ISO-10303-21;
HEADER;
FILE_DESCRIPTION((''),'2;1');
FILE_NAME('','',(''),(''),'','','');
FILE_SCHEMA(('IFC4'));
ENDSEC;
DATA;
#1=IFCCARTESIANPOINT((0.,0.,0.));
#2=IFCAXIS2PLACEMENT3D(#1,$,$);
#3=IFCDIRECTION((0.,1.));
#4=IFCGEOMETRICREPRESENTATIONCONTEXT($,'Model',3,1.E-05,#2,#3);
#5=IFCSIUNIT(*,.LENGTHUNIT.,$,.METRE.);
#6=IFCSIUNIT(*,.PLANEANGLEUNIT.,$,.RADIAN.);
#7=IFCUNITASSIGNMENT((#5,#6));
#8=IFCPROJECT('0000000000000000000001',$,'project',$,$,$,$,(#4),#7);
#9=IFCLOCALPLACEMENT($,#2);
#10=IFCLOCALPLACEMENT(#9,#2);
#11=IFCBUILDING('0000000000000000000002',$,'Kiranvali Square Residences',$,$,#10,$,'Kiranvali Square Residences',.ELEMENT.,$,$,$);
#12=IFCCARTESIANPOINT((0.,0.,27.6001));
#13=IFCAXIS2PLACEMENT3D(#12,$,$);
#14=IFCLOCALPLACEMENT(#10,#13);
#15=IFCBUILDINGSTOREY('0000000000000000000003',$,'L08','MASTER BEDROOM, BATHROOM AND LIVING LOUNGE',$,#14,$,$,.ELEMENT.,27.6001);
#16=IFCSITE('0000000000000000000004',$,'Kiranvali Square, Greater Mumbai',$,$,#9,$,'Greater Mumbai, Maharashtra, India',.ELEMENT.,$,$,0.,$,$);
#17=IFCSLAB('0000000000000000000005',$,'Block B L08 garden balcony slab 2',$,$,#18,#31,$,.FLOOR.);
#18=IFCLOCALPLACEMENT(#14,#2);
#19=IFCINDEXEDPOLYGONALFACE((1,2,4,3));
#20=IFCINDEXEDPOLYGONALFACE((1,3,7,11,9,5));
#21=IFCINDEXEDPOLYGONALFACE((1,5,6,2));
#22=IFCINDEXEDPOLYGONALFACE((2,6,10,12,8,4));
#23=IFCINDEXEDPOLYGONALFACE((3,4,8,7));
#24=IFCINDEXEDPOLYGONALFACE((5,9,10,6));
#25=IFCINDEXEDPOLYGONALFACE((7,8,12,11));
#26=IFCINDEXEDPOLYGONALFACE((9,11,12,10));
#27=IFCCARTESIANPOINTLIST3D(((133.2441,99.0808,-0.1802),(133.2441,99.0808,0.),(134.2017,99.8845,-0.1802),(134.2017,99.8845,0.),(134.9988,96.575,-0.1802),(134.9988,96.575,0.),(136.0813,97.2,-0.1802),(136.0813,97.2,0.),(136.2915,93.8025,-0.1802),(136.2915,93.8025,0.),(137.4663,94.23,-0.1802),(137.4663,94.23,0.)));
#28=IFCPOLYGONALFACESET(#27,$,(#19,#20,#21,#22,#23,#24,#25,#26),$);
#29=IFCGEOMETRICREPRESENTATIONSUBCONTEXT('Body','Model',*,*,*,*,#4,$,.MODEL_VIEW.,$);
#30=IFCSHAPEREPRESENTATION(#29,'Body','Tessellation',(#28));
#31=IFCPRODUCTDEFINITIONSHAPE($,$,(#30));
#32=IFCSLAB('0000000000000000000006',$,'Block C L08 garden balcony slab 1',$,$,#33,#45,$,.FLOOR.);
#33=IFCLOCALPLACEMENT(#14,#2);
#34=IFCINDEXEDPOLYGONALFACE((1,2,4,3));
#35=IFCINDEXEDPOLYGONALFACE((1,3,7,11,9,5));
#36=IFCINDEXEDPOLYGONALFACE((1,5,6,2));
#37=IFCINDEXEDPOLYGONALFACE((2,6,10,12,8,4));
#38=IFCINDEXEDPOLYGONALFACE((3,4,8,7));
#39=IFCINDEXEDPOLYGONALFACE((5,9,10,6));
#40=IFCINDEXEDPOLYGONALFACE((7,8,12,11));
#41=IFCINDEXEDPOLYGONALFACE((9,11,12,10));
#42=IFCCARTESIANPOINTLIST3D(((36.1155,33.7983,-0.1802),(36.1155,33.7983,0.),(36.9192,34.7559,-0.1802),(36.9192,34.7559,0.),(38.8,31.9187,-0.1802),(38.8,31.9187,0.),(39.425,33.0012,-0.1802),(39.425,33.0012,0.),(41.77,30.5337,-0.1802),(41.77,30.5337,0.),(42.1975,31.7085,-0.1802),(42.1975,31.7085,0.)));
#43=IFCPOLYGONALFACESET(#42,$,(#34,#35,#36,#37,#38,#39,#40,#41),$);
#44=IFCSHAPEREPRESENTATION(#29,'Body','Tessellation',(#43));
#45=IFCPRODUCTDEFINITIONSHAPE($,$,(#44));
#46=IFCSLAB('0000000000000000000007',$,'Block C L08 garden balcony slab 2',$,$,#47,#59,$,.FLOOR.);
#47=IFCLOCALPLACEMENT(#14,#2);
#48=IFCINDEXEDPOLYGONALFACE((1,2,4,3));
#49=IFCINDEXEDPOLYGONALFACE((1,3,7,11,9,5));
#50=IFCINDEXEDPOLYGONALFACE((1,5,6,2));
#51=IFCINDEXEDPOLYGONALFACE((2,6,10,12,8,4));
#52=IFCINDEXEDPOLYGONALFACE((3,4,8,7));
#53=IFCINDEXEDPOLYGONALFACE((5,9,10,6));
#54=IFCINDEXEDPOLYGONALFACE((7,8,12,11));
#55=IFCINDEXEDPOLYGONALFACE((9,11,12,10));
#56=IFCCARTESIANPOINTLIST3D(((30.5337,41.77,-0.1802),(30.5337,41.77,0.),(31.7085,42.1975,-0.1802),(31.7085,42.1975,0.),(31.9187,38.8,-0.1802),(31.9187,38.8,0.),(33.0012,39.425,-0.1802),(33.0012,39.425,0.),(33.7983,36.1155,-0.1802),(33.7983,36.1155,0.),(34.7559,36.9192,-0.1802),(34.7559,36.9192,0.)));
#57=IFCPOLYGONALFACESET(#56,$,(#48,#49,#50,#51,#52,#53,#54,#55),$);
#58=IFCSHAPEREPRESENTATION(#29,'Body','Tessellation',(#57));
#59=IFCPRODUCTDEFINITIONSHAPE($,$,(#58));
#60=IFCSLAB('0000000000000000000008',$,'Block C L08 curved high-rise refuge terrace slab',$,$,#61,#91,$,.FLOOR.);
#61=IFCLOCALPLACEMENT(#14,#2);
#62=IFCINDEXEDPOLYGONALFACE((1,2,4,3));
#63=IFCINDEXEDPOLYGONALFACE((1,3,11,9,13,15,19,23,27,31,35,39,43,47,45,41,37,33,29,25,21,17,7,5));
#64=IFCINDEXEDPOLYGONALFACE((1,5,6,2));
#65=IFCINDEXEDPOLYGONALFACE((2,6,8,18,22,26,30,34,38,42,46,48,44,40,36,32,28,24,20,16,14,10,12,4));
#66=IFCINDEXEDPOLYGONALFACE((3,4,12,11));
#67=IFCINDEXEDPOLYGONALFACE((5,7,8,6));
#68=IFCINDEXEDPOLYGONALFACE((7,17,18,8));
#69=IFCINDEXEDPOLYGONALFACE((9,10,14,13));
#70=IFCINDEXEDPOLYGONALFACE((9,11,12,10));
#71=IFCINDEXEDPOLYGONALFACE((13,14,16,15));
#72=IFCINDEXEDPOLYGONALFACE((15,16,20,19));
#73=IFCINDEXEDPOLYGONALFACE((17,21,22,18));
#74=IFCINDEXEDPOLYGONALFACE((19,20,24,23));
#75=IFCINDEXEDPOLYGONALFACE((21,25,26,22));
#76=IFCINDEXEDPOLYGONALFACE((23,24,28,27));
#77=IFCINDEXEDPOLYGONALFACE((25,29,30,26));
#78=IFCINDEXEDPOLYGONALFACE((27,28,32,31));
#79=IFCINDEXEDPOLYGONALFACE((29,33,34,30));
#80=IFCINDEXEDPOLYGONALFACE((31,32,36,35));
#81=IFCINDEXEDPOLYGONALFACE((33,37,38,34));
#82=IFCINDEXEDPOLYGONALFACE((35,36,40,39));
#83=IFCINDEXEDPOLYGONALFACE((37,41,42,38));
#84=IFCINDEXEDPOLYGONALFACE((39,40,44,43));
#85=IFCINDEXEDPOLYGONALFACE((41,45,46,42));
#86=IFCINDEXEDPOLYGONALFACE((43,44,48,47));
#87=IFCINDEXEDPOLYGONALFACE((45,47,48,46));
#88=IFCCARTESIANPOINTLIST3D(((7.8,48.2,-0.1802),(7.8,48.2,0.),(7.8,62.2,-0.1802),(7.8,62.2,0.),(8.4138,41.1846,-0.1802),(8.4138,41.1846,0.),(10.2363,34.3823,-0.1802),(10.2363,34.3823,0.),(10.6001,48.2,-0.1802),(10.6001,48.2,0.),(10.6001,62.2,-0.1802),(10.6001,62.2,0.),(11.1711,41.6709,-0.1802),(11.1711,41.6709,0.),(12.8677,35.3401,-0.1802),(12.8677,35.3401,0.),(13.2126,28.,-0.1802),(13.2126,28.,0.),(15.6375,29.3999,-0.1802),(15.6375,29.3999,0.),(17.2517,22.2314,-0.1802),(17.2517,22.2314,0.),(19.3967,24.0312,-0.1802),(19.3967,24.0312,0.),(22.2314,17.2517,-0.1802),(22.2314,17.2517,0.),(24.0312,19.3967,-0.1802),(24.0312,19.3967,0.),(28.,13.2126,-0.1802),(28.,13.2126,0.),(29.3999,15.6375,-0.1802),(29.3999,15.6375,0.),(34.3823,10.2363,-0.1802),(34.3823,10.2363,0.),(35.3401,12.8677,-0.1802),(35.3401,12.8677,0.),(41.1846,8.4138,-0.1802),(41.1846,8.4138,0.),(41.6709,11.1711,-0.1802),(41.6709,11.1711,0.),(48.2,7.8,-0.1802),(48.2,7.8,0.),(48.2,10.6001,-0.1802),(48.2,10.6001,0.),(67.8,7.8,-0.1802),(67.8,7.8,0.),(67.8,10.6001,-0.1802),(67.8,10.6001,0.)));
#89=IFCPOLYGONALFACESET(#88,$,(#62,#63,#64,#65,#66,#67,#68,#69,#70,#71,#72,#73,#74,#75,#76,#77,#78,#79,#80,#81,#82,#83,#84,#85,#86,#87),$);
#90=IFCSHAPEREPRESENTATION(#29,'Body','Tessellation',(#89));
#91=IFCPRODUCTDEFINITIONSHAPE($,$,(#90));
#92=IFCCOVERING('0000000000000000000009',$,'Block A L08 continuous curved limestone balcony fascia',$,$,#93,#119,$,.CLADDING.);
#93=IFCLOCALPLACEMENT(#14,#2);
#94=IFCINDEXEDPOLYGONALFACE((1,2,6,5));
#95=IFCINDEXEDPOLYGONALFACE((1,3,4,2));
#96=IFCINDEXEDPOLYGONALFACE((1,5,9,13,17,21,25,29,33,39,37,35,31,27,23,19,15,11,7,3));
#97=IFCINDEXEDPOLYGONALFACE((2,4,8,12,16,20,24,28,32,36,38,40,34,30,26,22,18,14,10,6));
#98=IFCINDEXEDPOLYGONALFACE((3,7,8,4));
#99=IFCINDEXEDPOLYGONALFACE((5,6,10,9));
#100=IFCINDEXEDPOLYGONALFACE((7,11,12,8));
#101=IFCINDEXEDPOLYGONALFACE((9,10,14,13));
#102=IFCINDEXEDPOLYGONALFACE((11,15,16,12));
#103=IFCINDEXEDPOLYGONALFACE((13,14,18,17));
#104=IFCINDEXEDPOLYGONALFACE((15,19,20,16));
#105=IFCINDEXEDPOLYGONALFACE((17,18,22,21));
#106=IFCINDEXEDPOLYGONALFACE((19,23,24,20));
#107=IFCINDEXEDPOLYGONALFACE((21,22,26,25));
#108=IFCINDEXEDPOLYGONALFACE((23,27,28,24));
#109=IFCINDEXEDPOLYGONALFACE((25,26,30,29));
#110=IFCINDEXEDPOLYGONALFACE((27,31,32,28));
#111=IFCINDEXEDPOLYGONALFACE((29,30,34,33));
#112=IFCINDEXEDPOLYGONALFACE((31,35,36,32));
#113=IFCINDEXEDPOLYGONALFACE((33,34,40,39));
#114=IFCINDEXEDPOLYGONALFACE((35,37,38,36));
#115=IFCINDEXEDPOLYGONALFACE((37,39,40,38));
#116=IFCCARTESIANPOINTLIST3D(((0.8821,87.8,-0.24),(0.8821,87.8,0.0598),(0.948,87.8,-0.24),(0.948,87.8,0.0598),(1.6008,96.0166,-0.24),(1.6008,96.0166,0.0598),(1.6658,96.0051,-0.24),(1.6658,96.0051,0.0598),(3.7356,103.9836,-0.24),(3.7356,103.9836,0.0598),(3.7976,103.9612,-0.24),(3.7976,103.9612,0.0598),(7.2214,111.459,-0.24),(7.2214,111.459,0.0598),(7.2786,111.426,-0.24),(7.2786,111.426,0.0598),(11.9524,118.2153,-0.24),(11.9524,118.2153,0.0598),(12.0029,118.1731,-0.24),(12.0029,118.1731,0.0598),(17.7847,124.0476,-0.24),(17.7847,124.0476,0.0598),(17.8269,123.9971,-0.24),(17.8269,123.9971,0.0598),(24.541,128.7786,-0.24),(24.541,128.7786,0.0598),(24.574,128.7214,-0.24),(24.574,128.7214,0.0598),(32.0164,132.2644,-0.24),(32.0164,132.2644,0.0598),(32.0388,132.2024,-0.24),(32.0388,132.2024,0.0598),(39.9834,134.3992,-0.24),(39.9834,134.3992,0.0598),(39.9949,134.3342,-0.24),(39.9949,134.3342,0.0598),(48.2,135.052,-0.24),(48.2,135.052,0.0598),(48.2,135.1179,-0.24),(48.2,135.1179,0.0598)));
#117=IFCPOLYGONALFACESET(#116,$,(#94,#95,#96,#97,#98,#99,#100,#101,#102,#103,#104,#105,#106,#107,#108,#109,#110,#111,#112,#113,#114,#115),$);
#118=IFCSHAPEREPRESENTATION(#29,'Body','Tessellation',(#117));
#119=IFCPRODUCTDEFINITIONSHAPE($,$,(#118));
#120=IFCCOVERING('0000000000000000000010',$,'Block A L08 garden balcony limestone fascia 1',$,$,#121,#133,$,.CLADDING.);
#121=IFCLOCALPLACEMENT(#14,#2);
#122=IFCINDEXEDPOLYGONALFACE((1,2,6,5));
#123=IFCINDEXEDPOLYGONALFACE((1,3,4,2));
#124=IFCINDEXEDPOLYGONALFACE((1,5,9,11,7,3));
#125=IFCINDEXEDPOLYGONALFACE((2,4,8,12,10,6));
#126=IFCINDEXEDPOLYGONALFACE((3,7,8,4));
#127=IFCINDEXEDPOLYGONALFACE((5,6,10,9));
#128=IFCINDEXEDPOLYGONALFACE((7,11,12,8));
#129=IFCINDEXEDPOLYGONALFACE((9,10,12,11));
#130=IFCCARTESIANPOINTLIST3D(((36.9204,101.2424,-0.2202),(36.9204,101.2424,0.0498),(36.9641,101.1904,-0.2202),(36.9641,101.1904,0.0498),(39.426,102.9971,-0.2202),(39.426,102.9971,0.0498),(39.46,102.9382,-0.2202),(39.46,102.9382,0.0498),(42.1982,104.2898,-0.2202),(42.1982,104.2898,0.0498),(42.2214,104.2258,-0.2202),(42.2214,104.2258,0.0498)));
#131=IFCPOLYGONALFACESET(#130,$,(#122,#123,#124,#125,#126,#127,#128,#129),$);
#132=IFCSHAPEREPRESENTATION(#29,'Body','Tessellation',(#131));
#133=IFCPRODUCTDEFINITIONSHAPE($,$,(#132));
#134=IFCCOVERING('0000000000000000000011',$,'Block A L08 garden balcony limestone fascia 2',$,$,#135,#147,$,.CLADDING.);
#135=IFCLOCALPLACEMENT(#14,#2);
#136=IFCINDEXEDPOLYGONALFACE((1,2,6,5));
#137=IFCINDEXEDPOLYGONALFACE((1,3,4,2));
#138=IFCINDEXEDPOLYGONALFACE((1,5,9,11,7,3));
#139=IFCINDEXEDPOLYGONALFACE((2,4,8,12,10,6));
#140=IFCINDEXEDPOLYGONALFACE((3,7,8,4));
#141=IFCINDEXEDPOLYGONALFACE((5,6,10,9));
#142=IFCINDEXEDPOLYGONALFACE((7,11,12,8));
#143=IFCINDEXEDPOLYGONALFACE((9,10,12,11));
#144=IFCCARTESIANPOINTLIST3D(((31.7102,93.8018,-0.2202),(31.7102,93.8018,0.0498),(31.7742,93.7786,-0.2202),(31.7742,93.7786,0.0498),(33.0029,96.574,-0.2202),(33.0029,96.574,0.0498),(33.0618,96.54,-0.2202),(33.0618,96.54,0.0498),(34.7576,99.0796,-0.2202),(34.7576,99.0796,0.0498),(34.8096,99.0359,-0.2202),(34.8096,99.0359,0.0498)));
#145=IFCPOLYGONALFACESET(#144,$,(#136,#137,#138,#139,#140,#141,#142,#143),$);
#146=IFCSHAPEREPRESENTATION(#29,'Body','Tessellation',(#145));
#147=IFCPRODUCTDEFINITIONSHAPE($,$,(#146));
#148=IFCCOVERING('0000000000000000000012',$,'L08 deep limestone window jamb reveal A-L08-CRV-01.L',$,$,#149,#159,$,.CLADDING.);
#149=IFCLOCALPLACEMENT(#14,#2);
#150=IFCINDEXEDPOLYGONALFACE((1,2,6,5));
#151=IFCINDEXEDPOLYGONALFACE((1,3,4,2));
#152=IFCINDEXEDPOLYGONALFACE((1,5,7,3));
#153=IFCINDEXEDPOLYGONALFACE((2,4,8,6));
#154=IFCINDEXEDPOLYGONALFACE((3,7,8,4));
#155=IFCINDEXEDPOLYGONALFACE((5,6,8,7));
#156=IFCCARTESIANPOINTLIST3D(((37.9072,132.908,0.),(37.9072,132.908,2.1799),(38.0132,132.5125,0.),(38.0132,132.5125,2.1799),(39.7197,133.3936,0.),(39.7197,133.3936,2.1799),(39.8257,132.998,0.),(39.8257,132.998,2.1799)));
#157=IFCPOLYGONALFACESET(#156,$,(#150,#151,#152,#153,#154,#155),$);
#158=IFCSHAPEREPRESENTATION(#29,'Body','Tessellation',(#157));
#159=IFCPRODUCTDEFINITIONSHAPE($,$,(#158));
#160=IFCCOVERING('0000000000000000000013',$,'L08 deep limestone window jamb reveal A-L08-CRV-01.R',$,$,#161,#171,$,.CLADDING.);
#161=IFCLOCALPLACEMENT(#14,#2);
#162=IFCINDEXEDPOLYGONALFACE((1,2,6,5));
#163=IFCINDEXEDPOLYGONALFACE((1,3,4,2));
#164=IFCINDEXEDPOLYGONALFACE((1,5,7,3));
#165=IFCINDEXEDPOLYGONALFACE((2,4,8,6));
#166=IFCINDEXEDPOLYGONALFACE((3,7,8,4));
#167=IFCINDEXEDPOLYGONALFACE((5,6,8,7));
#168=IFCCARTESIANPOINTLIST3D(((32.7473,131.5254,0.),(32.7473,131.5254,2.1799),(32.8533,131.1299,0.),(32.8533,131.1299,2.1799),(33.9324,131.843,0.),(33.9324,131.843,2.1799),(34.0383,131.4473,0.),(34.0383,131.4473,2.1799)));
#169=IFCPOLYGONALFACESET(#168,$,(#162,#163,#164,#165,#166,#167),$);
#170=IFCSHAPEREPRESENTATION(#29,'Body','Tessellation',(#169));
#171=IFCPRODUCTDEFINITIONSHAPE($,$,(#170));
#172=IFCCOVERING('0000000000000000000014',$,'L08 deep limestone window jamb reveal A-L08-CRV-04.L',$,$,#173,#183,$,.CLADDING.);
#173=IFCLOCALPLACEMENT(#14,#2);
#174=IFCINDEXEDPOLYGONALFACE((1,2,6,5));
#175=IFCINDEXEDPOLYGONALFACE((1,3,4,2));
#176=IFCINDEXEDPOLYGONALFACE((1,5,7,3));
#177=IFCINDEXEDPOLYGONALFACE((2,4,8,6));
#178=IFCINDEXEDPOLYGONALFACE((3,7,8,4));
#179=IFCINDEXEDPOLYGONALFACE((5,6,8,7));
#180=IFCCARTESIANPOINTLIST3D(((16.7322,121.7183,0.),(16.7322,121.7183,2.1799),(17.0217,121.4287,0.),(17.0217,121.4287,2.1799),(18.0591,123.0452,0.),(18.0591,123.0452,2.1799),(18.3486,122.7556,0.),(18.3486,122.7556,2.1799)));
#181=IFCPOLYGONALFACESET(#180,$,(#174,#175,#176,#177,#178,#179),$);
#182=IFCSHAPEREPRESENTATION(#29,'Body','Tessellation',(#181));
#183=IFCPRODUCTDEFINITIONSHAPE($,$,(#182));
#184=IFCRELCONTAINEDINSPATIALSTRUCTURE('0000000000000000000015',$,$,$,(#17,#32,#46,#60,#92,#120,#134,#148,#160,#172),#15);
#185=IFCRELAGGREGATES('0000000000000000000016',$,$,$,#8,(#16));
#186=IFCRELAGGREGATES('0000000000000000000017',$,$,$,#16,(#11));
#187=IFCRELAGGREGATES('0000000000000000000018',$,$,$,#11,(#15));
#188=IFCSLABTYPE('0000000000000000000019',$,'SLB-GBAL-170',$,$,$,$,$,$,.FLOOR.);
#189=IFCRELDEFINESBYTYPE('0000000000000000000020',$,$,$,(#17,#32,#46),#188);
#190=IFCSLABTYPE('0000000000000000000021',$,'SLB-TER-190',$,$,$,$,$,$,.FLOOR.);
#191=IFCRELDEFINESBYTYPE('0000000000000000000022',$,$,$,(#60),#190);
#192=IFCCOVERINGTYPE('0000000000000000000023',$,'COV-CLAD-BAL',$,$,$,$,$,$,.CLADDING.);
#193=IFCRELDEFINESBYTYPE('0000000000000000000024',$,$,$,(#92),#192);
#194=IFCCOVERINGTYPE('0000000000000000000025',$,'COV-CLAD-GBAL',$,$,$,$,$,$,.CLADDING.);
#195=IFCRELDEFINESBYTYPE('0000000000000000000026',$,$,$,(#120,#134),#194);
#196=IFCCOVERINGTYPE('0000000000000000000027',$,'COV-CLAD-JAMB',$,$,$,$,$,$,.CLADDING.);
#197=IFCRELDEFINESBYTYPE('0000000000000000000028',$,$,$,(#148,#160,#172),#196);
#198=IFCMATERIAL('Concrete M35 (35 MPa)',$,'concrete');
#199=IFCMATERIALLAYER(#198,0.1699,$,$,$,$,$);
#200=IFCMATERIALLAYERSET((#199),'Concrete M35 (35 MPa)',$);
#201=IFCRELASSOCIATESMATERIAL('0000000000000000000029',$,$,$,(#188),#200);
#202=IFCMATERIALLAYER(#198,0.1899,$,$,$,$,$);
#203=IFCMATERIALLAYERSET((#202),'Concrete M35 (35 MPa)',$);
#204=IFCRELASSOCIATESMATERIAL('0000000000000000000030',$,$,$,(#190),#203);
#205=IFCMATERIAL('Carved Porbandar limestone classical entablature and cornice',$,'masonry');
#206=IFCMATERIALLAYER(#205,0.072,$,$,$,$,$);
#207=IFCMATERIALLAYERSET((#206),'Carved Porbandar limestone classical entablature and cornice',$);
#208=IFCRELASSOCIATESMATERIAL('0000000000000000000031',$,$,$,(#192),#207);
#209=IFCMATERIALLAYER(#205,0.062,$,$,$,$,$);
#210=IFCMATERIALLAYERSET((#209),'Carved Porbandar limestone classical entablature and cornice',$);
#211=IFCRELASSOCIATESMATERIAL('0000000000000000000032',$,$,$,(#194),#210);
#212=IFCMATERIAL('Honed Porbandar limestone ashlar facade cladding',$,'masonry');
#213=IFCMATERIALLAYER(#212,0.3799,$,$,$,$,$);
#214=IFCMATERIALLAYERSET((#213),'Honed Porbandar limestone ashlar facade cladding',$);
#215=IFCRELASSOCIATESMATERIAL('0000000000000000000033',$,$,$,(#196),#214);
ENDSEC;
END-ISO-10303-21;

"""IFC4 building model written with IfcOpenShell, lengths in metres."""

from ifc_helpers import new_model, si_unit, direction, frame, origin, place, context, subcontext, project, spatial, polyline, outline, extrude, material, layer, layer_set, type_object, element, save


model = new_model("IFC4")

# Units and contexts
model_context = context("Model", 3, precision=1e-05, world=origin(), true_north=direction((0.0, 1.0)))
body_context = subcontext(model_context, "Body", "Model", "MODEL_VIEW")
ifc_project = project(units=[si_unit("LENGTHUNIT", "METRE"), si_unit("PLANEANGLEUNIT", "RADIAN")], contexts=[model_context])

# Site, building, storey
site_placement = place(None, origin())
site = spatial("IfcSite", under=ifc_project, at=site_placement, Name="Kiranvali Square, Greater Mumbai", LongName="Greater Mumbai, Maharashtra, India", CompositionType="ELEMENT", RefElevation=0.0)
building_placement = place(site_placement, origin())
building = spatial("IfcBuilding", under=site, at=building_placement, Name="Kiranvali Square Residences", LongName="Kiranvali Square Residences", CompositionType="ELEMENT")
storey_placement = place(building_placement, frame((0.0, 0.0, 27.6001)))
storey = spatial("IfcBuildingStorey", under=building, at=storey_placement, Name="L08", Description="MASTER BEDROOM, BATHROOM AND LIVING LOUNGE", CompositionType="ELEMENT", Elevation=27.6001)

# Slabs
ifc_material_1 = material(Name="Concrete M35 (35 MPa)", Category="concrete")
ifc_layer_1 = layer(ifc_material_1, 0.1699)
ifc_layer_set_1 = layer_set([ifc_layer_1], Name="Concrete M35 (35 MPa)")
slab_type_1 = type_object("IfcSlabType", Name="SLB-GBAL-170", PredefinedType="FLOOR", material=ifc_layer_set_1)
slab_1_placement = place(storey_placement, frame((0.0, 0.0, -0.1802)))
element("IfcSlab", 1, at=slab_1_placement, inside=storey, type_object=slab_type_1, Name="Block B L08 garden balcony slab 2", PredefinedType="FLOOR", context=body_context, shape_type="SweptSolid", body=[
    extrude(outline(polyline([(133.2441, 99.0808), (134.9988, 96.575), (136.2915, 93.8025), (137.4663, 94.23), (136.0813, 97.2), (134.2017, 99.8845), (133.2441, 99.0808)])), origin(), (0.0, 0.0, 1.0), 0.1802),
])
slab_2_placement = place(storey_placement, frame((0.0, 0.0, -0.1802)))
element("IfcSlab", 2, at=slab_2_placement, inside=storey, type_object=slab_type_1, Name="Block C L08 garden balcony slab 1", PredefinedType="FLOOR", context=body_context, shape_type="SweptSolid", body=[
    extrude(outline(polyline([(42.1975, 31.7085), (39.425, 33.0012), (36.9192, 34.7559), (36.1155, 33.7983), (38.8, 31.9187), (41.77, 30.5337), (42.1975, 31.7085)])), origin(), (0.0, 0.0, 1.0), 0.1802),
])
slab_3_placement = place(storey_placement, frame((0.0, 0.0, -0.1802)))
element("IfcSlab", 3, at=slab_3_placement, inside=storey, type_object=slab_type_1, Name="Block C L08 garden balcony slab 2", PredefinedType="FLOOR", context=body_context, shape_type="SweptSolid", body=[
    extrude(outline(polyline([(34.7559, 36.9192), (33.0012, 39.425), (31.7085, 42.1975), (30.5337, 41.77), (31.9187, 38.8), (33.7983, 36.1155), (34.7559, 36.9192)])), origin(), (0.0, 0.0, 1.0), 0.1802),
])
ifc_layer_2 = layer(ifc_material_1, 0.1899)
ifc_layer_set_2 = layer_set([ifc_layer_2], Name="Concrete M35 (35 MPa)")
slab_type_2 = type_object("IfcSlabType", Name="SLB-TER-190", PredefinedType="FLOOR", material=ifc_layer_set_2)
slab_4_placement = place(storey_placement, frame((0.0, 0.0, -0.1802)))
element("IfcSlab", 4, at=slab_4_placement, inside=storey, type_object=slab_type_2, Name="Block C L08 curved high-rise refuge terrace slab", PredefinedType="FLOOR", context=body_context, shape_type="SweptSolid", body=[
    extrude(outline(polyline([(67.8, 10.6001), (48.2, 10.6001), (41.6709, 11.1711), (35.3401, 12.8677), (29.3999, 15.6375), (24.0312, 19.3967), (19.3967, 24.0312), (15.6375, 29.3999), (12.8677, 35.3401), (11.1711, 41.6709), (10.6001, 48.2), (10.6001, 62.2), (7.8, 62.2), (7.8, 48.2), (8.4138, 41.1846), (10.2363, 34.3823), (13.2126, 28.0), (17.2517, 22.2314), (22.2314, 17.2517), (28.0, 13.2126), (34.3823, 10.2363), (41.1846, 8.4138), (48.2, 7.8), (67.8, 7.8), (67.8, 10.6001)])), origin(), (0.0, 0.0, 1.0), 0.1802),
])

# Coverings
ifc_material_2 = material(Name="Carved Porbandar limestone classical entablature and cornice", Category="masonry")
ifc_layer_3 = layer(ifc_material_2, 0.072)
ifc_layer_set_3 = layer_set([ifc_layer_3], Name="Carved Porbandar limestone classical entablature and cornice")
covering_type_1 = type_object("IfcCoveringType", Name="COV-CLAD-BAL", PredefinedType="CLADDING", material=ifc_layer_set_3)
covering_1_placement = place(storey_placement, frame((0.0, 0.0, -0.24)))
element("IfcCovering", 5, at=covering_1_placement, inside=storey, type_object=covering_type_1, Name="Block A L08 continuous curved limestone balcony fascia", PredefinedType="CLADDING", context=body_context, shape_type="SweptSolid", body=[
    extrude(outline(polyline([(48.2, 135.1179), (39.9834, 134.3992), (32.0164, 132.2644), (24.541, 128.7786), (17.7847, 124.0476), (11.9524, 118.2153), (7.2214, 111.459), (3.7356, 103.9836), (1.6008, 96.0166), (0.8821, 87.8), (0.948, 87.8), (1.6658, 96.0051), (3.7976, 103.9612), (7.2786, 111.426), (12.0029, 118.1731), (17.8269, 123.9971), (24.574, 128.7214), (32.0388, 132.2024), (39.9949, 134.3342), (48.2, 135.052), (48.2, 135.1179)])), origin(), (0.0, 0.0, 1.0), 0.2998),
])
ifc_layer_4 = layer(ifc_material_2, 0.062)
ifc_layer_set_4 = layer_set([ifc_layer_4], Name="Carved Porbandar limestone classical entablature and cornice")
covering_type_2 = type_object("IfcCoveringType", Name="COV-CLAD-GBAL", PredefinedType="CLADDING", material=ifc_layer_set_4)
covering_2_placement = place(storey_placement, frame((0.0, 0.0, -0.2202)))
element("IfcCovering", 6, at=covering_2_placement, inside=storey, type_object=covering_type_2, Name="Block A L08 garden balcony limestone fascia 1", PredefinedType="CLADDING", context=body_context, shape_type="SweptSolid", body=[
    extrude(outline(polyline([(42.1982, 104.2898), (39.426, 102.9971), (36.9204, 101.2424), (36.9641, 101.1904), (39.46, 102.9382), (42.2214, 104.2258), (42.1982, 104.2898)])), origin(), (0.0, 0.0, 1.0), 0.27),
])
covering_3_placement = place(storey_placement, frame((0.0, 0.0, -0.2202)))
element("IfcCovering", 7, at=covering_3_placement, inside=storey, type_object=covering_type_2, Name="Block A L08 garden balcony limestone fascia 2", PredefinedType="CLADDING", context=body_context, shape_type="SweptSolid", body=[
    extrude(outline(polyline([(34.7576, 99.0796), (33.0029, 96.574), (31.7102, 93.8018), (31.7742, 93.7786), (33.0618, 96.54), (34.8096, 99.0359), (34.7576, 99.0796)])), origin(), (0.0, 0.0, 1.0), 0.27),
])
ifc_material_3 = material(Name="Honed Porbandar limestone ashlar facade cladding", Category="masonry")
ifc_layer_5 = layer(ifc_material_3, 0.3799)
ifc_layer_set_5 = layer_set([ifc_layer_5], Name="Honed Porbandar limestone ashlar facade cladding")
covering_type_3 = type_object("IfcCoveringType", Name="COV-CLAD-JAMB", PredefinedType="CLADDING", material=ifc_layer_set_5)
covering_4_placement = place(storey_placement, origin())
element("IfcCovering", 8, at=covering_4_placement, inside=storey, type_object=covering_type_3, Name="L08 deep limestone window jamb reveal A-L08-CRV-01.L", PredefinedType="CLADDING", context=body_context, shape_type="SweptSolid", body=[
    extrude(outline(polyline([(39.7197, 133.3936), (37.9072, 132.908), (38.0132, 132.5125), (39.8257, 132.998), (39.7197, 133.3936)])), origin(), (0.0, 0.0, 1.0), 2.1799),
])
covering_5_placement = place(storey_placement, origin())
element("IfcCovering", 9, at=covering_5_placement, inside=storey, type_object=covering_type_3, Name="L08 deep limestone window jamb reveal A-L08-CRV-01.R", PredefinedType="CLADDING", context=body_context, shape_type="SweptSolid", body=[
    extrude(outline(polyline([(33.9324, 131.843), (32.7473, 131.5254), (32.8533, 131.1299), (34.0383, 131.4473), (33.9324, 131.843)])), origin(), (0.0, 0.0, 1.0), 2.1799),
])
covering_6_placement = place(storey_placement, origin())
element("IfcCovering", 10, at=covering_6_placement, inside=storey, type_object=covering_type_3, Name="L08 deep limestone window jamb reveal A-L08-CRV-04.L", PredefinedType="CLADDING", context=body_context, shape_type="SweptSolid", body=[
    extrude(outline(polyline([(18.0591, 123.0452), (16.7322, 121.7183), (17.0217, 121.4287), (18.3486, 122.7556), (18.0591, 123.0452)])), origin(), (0.0, 0.0, 1.0), 2.1799),
])

save(model, "model.ifc")
